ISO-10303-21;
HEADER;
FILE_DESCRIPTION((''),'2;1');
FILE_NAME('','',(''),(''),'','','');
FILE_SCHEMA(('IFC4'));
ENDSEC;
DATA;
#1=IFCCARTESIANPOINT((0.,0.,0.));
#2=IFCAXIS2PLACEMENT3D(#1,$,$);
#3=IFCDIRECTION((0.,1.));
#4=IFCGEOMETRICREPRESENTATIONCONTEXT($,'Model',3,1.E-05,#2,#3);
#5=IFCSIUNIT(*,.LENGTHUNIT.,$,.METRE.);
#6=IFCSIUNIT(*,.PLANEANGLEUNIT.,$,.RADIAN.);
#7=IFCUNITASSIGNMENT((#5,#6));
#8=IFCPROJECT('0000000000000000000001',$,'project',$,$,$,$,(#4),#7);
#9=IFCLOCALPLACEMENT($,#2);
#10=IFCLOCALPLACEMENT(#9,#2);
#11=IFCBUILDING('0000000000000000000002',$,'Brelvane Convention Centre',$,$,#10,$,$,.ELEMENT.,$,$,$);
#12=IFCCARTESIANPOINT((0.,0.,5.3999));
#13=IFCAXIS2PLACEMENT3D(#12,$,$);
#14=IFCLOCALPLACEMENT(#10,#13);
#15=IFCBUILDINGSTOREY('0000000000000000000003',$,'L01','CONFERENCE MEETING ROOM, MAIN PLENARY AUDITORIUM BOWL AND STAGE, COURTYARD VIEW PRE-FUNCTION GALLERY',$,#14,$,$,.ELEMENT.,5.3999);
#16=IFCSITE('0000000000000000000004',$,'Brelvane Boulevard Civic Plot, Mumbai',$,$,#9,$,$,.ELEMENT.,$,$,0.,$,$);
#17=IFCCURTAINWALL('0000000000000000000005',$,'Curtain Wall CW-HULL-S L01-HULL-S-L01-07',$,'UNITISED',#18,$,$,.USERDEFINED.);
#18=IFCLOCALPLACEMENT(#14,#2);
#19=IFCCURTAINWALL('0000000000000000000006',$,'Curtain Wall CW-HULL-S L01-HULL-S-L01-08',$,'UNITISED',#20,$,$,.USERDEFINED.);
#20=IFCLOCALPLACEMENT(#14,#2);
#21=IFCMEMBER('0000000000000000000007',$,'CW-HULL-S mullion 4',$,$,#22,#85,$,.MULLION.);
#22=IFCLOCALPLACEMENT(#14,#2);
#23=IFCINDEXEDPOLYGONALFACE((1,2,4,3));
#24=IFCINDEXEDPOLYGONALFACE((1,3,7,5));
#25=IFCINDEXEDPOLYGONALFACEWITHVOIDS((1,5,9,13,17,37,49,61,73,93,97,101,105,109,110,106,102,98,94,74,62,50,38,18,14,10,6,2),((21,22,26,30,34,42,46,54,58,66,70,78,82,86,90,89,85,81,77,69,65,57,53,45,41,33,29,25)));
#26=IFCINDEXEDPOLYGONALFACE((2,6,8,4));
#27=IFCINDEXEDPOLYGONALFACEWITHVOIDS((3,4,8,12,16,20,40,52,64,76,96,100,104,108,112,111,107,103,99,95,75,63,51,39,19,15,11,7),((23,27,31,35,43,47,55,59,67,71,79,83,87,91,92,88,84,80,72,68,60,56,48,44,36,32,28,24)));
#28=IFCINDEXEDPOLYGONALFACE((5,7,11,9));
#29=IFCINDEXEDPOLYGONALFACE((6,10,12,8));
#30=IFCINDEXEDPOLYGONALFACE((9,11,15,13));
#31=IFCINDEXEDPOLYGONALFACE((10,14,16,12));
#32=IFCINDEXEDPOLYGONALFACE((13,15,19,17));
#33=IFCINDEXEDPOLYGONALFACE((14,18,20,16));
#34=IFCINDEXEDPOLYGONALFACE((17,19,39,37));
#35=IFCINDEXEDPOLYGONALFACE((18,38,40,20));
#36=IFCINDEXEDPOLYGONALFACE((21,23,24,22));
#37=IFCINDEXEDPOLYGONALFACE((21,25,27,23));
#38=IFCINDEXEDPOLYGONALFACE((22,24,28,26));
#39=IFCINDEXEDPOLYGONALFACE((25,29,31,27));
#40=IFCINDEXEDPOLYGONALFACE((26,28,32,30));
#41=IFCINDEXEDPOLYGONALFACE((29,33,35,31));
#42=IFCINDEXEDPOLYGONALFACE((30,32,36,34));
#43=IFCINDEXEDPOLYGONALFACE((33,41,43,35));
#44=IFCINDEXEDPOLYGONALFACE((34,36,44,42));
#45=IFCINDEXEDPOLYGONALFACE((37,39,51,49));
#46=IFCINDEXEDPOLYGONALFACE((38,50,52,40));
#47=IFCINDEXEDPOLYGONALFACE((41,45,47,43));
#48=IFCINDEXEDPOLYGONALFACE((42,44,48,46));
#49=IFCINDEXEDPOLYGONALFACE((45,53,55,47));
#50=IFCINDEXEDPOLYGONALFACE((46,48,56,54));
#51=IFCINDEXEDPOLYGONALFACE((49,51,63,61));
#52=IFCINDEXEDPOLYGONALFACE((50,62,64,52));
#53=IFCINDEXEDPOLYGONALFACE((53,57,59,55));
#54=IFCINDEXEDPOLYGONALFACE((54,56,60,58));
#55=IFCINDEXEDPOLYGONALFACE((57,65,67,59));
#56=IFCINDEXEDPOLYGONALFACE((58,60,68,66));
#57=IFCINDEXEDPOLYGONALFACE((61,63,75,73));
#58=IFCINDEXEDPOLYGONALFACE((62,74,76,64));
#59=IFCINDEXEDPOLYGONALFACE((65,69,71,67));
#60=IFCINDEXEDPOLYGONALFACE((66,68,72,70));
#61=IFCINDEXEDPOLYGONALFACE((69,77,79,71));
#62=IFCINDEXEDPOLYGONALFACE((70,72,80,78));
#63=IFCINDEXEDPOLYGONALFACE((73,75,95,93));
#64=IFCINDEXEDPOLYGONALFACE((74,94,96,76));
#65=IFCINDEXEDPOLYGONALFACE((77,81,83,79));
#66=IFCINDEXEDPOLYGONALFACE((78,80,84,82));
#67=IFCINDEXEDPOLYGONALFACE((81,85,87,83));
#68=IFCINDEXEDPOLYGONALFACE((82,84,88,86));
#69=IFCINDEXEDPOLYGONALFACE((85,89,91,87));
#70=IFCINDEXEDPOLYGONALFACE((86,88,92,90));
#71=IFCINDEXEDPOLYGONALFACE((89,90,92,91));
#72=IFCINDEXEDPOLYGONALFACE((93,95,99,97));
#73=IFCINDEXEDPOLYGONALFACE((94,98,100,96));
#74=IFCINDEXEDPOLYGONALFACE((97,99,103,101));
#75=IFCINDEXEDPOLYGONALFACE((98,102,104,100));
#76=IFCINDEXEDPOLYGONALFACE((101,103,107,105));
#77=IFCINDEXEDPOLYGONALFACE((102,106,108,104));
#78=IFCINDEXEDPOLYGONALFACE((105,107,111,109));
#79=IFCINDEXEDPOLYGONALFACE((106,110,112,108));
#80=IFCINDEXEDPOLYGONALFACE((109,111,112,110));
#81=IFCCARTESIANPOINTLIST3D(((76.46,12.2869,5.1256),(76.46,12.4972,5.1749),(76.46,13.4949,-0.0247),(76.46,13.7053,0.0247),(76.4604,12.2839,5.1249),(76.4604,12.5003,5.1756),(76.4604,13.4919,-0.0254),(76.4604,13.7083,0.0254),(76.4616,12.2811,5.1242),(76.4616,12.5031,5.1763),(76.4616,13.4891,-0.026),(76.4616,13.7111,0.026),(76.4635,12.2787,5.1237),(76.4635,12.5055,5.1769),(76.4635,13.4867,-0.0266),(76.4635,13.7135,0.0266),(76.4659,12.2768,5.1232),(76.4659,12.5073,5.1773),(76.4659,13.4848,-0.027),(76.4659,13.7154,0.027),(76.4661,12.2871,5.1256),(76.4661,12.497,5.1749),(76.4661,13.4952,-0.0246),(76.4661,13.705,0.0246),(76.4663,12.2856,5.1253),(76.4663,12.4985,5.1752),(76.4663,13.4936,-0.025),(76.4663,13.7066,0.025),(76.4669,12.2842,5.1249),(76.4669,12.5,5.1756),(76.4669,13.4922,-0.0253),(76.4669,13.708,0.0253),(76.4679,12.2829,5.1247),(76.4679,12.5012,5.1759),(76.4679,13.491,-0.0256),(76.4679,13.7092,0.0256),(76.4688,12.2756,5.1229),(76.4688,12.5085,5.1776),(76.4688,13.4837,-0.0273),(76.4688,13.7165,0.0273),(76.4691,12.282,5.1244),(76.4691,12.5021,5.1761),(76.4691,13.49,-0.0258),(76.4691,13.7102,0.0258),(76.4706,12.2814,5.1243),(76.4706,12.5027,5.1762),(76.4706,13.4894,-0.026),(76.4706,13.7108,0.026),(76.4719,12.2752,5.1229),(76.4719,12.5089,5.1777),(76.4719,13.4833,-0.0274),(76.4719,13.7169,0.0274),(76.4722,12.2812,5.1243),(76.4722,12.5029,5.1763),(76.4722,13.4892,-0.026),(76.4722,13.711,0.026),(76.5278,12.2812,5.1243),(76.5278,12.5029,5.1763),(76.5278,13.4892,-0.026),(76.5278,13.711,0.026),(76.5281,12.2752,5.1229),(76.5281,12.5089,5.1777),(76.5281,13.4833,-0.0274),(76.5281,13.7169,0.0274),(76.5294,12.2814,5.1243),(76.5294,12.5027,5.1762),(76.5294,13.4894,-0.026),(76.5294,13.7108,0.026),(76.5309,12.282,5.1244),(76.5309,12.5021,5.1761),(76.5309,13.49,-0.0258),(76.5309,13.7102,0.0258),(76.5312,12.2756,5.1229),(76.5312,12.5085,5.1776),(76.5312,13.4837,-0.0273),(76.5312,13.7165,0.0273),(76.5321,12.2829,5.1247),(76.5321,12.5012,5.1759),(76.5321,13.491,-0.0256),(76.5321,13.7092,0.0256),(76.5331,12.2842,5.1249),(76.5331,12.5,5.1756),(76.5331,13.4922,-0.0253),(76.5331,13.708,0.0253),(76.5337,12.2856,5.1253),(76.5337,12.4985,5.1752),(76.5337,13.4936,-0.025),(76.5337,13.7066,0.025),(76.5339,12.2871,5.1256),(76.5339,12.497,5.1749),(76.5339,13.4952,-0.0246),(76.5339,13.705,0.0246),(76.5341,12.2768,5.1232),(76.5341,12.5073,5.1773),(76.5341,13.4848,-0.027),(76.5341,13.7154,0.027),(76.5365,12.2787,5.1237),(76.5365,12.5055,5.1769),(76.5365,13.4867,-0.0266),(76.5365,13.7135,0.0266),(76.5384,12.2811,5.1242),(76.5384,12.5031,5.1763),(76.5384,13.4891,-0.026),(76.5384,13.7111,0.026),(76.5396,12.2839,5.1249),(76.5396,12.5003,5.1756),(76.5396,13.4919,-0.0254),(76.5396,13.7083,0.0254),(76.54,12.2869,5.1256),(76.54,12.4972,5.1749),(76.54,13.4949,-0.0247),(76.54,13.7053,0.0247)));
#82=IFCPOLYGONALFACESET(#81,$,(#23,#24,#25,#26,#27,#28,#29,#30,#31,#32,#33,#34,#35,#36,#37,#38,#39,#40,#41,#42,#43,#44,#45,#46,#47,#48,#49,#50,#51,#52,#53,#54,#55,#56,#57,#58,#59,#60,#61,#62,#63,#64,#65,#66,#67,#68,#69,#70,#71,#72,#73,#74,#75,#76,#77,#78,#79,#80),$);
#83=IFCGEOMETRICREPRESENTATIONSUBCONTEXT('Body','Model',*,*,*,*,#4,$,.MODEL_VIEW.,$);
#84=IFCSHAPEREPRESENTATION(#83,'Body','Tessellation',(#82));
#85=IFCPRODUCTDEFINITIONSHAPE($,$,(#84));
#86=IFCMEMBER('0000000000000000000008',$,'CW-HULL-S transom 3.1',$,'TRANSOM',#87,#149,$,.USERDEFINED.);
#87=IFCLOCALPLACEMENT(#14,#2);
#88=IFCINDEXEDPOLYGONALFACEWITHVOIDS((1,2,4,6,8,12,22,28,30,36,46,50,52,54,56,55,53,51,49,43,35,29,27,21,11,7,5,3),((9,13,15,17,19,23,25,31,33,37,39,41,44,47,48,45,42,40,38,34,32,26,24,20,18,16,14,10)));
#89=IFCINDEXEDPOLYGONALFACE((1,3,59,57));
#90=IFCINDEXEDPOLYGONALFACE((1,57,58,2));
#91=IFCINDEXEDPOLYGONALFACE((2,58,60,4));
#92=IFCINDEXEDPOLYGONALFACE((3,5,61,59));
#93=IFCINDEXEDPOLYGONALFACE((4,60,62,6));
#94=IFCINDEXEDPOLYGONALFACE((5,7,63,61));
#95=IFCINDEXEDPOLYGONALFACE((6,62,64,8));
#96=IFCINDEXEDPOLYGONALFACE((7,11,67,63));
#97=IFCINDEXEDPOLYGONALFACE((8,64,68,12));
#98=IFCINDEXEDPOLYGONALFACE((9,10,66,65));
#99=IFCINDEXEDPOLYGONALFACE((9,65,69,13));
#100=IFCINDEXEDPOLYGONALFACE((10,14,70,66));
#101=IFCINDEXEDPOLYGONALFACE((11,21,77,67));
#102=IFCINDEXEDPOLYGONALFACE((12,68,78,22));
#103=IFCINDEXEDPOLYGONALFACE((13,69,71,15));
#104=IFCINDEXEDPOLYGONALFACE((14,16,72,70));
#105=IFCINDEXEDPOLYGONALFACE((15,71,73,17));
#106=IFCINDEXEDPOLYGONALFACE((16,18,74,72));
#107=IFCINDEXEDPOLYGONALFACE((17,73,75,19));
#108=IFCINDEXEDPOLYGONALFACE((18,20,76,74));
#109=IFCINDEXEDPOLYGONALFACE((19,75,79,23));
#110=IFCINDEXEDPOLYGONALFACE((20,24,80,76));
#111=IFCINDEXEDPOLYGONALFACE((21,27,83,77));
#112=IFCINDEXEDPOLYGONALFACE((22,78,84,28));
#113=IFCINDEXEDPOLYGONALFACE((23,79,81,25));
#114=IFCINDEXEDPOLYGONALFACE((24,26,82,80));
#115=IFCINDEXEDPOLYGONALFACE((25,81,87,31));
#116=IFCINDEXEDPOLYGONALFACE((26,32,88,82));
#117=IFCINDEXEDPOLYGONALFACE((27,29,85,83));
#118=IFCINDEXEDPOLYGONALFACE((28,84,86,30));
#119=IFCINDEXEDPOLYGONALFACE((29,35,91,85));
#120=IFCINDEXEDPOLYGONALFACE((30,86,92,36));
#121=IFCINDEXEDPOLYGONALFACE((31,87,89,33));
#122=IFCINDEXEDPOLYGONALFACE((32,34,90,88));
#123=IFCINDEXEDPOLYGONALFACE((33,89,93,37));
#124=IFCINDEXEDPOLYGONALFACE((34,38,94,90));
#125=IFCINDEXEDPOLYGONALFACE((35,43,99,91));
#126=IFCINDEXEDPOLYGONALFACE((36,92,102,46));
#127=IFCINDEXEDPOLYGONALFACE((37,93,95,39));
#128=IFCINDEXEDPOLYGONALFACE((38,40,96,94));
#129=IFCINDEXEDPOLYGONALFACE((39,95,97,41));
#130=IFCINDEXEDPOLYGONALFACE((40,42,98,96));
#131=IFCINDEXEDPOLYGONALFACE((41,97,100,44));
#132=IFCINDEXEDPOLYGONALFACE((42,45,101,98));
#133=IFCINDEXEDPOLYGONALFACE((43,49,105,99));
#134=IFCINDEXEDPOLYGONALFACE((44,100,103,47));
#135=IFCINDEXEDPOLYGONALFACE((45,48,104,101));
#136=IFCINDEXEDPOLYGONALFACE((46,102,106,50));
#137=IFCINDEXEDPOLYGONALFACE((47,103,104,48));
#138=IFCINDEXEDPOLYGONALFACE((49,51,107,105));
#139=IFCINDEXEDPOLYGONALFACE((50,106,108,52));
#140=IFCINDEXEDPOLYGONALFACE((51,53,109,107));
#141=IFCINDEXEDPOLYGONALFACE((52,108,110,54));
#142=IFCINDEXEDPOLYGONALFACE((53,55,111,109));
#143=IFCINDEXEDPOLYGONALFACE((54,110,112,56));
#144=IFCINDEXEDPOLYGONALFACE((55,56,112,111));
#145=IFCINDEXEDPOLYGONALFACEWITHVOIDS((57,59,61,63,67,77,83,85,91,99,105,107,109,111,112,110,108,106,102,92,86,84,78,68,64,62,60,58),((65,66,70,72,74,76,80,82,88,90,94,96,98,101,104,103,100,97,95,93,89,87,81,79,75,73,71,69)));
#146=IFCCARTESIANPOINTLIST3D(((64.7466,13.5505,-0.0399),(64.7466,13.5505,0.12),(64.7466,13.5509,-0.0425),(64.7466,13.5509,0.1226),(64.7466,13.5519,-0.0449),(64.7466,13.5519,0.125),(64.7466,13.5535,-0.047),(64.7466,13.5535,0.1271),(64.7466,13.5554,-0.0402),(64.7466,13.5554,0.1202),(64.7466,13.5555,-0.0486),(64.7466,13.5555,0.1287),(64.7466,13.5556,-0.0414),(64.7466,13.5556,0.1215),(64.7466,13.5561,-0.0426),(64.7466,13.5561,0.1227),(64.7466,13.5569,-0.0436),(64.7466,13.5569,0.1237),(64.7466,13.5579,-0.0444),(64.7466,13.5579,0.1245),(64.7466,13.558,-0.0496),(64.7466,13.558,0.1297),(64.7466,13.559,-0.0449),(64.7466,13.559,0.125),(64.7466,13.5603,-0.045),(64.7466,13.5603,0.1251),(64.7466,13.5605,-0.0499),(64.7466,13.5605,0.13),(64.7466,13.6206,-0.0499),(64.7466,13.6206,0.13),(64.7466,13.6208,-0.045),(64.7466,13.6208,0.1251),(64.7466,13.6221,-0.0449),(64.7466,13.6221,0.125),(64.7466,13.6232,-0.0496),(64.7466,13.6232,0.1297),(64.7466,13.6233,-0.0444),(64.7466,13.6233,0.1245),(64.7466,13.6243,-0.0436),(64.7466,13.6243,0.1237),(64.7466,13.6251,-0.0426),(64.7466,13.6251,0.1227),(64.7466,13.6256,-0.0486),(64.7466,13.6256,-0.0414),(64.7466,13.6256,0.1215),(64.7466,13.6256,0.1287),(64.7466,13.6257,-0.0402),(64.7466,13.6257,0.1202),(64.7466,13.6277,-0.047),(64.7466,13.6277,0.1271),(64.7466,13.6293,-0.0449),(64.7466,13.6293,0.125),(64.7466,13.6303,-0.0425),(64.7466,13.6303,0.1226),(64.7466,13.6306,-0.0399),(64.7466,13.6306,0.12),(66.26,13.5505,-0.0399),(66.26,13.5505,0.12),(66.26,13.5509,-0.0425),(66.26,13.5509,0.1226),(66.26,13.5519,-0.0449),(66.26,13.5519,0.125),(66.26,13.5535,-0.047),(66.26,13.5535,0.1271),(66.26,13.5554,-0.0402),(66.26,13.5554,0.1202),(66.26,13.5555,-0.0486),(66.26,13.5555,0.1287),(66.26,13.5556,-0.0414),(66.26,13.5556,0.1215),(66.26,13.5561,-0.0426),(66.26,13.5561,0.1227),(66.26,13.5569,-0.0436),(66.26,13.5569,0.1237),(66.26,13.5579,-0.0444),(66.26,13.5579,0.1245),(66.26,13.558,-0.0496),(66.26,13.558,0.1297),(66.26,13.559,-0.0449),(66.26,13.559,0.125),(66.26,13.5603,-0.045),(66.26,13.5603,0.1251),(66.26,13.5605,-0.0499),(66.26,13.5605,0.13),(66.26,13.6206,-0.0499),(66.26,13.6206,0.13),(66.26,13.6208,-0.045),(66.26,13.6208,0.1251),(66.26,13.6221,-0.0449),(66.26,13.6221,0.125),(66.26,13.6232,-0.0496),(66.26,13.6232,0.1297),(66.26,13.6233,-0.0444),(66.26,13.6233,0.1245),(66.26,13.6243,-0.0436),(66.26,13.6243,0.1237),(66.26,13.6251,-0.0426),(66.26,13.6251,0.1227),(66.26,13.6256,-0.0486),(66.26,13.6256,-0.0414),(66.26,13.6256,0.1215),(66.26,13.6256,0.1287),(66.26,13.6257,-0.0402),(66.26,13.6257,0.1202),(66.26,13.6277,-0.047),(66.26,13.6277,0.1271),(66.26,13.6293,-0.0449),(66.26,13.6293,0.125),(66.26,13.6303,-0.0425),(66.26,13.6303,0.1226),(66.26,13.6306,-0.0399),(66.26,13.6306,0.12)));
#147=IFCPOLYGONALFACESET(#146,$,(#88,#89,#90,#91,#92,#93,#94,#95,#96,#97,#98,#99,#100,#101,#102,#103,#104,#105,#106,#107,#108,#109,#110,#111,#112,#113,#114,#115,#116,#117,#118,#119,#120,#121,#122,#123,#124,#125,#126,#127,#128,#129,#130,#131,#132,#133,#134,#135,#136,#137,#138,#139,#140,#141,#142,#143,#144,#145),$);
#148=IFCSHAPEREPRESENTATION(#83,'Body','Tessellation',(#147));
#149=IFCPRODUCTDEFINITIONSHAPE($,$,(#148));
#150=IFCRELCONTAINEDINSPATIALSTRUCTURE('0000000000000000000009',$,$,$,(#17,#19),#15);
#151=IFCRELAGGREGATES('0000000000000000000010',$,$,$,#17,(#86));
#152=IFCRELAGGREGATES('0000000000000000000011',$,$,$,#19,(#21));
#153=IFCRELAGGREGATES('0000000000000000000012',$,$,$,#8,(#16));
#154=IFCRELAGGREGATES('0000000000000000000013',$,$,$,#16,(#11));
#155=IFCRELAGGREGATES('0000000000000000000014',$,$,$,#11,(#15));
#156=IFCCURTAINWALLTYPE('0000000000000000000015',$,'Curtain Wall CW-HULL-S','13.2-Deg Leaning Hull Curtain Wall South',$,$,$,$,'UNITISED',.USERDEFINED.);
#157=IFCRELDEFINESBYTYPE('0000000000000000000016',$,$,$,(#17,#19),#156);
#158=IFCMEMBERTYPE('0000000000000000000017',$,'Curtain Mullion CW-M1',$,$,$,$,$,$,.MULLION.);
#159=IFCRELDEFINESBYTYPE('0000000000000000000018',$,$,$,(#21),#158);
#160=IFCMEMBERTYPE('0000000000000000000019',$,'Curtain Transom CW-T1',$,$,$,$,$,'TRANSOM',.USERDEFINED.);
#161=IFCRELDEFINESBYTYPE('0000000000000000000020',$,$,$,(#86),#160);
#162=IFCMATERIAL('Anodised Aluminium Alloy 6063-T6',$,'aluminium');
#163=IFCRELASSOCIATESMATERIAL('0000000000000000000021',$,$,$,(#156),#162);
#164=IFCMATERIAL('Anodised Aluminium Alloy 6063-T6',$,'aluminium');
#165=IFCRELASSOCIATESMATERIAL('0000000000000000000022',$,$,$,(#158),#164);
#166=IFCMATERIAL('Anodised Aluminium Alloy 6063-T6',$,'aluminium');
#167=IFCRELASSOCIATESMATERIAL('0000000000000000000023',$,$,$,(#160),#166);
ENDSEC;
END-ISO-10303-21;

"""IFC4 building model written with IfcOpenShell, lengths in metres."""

from ifc_helpers import new_model, si_unit, direction, frame, origin, origin_2d, place, context, subcontext, project, spatial, hollow_rectangle, extrude, material, material_profile, profile_set, type_object, element, aggregate, save


model = new_model("IFC4")

# Units and contexts
model_context = context("Model", 3, precision=1e-05, world=origin(), true_north=direction((0.0, 1.0)))
body_context = subcontext(model_context, "Body", "Model", "MODEL_VIEW")
ifc_project = project(units=[si_unit("LENGTHUNIT", "METRE"), si_unit("PLANEANGLEUNIT", "RADIAN")], contexts=[model_context])

# Site, building, storey
site_placement = place(None, origin())
site = spatial("IfcSite", under=ifc_project, at=site_placement, Name="Brelvane Boulevard Civic Plot, Mumbai", CompositionType="ELEMENT", RefElevation=0.0)
building_placement = place(site_placement, origin())
building = spatial("IfcBuilding", under=site, at=building_placement, Name="Brelvane Convention Centre", CompositionType="ELEMENT")
storey_placement = place(building_placement, frame((0.0, 0.0, 5.3999)))
storey = spatial("IfcBuildingStorey", under=building, at=storey_placement, Name="L01", Description="CONFERENCE MEETING ROOM, MAIN PLENARY AUDITORIUM BOWL AND STAGE, COURTYARD VIEW PRE-FUNCTION GALLERY", CompositionType="ELEMENT", Elevation=5.3999)

# Curtain walls, member
ifc_material_1 = material(Name="Anodised Aluminium Alloy 6063-T6", Category="aluminium")
curtain_wall_type = type_object("IfcCurtainWallType", Name="Curtain Wall CW-HULL-S", Description="13.2-Deg Leaning Hull Curtain Wall South", ElementType="UNITISED", PredefinedType="USERDEFINED", material=ifc_material_1)
curtain_wall_1_placement = place(storey_placement, origin())
curtain_wall_1 = element("IfcCurtainWall", 1, at=curtain_wall_1_placement, inside=storey, type_object=curtain_wall_type, Name="Curtain Wall CW-HULL-S L01-HULL-S-L01-07", ObjectType="UNITISED", PredefinedType="USERDEFINED")
ifc_material_2 = material(Name="Anodised Aluminium Alloy 6063-T6", Category="aluminium")
ifc_material_profile_1 = material_profile(ifc_material_2, hollow_rectangle(XDim=0.0801, YDim=0.24, WallThickness=0.0061, InnerFilletRadius=0.0061, OuterFilletRadius=0.012, at=origin_2d()), Name="ALU-M 240x80x6.0")
ifc_profile_set_1 = profile_set([ifc_material_profile_1], Name="Anodised Aluminium Alloy 6063-T6")
member_type_1 = type_object("IfcMemberType", Name="Curtain Mullion CW-M1", PredefinedType="MULLION", material=ifc_profile_set_1)
curtain_wall_2_placement = place(storey_placement, origin())
curtain_wall_2 = element("IfcCurtainWall", 2, at=curtain_wall_2_placement, inside=storey, type_object=curtain_wall_type, Name="Curtain Wall CW-HULL-S L01-HULL-S-L01-08", ObjectType="UNITISED", PredefinedType="USERDEFINED")
member_1_placement = place(storey_placement, frame((76.5, 13.6001, 0.0), z_axis=(0.0, -0.22836, 0.973577), x_axis=(1.0, 0.0, 0.0)))
member_1 = element("IfcMember", 3, at=member_1_placement, type_object=member_type_1, Name="CW-HULL-S mullion 4", PredefinedType="MULLION", context=body_context, shape_type="SweptSolid", body=[
    extrude(hollow_rectangle(XDim=0.0801, YDim=0.24, WallThickness=0.0061, InnerFilletRadius=0.0061, OuterFilletRadius=0.012, at=origin_2d()), origin(), (0.0, 0.0, 1.0), 5.29),
])

# Member
ifc_material_3 = material(Name="Anodised Aluminium Alloy 6063-T6", Category="aluminium")
ifc_material_profile_2 = material_profile(ifc_material_3, hollow_rectangle(XDim=0.0801, YDim=0.1799, WallThickness=0.0049, InnerFilletRadius=0.0049, OuterFilletRadius=0.01, at=origin_2d()), Name="ALU-T 180x80x5.0")
ifc_profile_set_2 = profile_set([ifc_material_profile_2], Name="Anodised Aluminium Alloy 6063-T6")
member_type_2 = type_object("IfcMemberType", Name="Curtain Transom CW-T1", ElementType="TRANSOM", PredefinedType="USERDEFINED", material=ifc_profile_set_2)
member_2_placement = place(storey_placement, frame((64.7466, 13.5906, 0.04), z_axis=(1.0, 0.0, 0.0), x_axis=(0.0, 1.0, 0.0)))
member_2 = element("IfcMember", 4, at=member_2_placement, type_object=member_type_2, Name="CW-HULL-S transom 3.1", ObjectType="TRANSOM", PredefinedType="USERDEFINED", context=body_context, shape_type="SweptSolid", body=[
    extrude(hollow_rectangle(XDim=0.0801, YDim=0.1799, WallThickness=0.0049, InnerFilletRadius=0.0049, OuterFilletRadius=0.01, at=origin_2d()), origin(), (0.0, 0.0, 1.0), 1.5134),
])

aggregate(curtain_wall_1, [member_2])
aggregate(curtain_wall_2, [member_1])

save(model, "model.ifc")
